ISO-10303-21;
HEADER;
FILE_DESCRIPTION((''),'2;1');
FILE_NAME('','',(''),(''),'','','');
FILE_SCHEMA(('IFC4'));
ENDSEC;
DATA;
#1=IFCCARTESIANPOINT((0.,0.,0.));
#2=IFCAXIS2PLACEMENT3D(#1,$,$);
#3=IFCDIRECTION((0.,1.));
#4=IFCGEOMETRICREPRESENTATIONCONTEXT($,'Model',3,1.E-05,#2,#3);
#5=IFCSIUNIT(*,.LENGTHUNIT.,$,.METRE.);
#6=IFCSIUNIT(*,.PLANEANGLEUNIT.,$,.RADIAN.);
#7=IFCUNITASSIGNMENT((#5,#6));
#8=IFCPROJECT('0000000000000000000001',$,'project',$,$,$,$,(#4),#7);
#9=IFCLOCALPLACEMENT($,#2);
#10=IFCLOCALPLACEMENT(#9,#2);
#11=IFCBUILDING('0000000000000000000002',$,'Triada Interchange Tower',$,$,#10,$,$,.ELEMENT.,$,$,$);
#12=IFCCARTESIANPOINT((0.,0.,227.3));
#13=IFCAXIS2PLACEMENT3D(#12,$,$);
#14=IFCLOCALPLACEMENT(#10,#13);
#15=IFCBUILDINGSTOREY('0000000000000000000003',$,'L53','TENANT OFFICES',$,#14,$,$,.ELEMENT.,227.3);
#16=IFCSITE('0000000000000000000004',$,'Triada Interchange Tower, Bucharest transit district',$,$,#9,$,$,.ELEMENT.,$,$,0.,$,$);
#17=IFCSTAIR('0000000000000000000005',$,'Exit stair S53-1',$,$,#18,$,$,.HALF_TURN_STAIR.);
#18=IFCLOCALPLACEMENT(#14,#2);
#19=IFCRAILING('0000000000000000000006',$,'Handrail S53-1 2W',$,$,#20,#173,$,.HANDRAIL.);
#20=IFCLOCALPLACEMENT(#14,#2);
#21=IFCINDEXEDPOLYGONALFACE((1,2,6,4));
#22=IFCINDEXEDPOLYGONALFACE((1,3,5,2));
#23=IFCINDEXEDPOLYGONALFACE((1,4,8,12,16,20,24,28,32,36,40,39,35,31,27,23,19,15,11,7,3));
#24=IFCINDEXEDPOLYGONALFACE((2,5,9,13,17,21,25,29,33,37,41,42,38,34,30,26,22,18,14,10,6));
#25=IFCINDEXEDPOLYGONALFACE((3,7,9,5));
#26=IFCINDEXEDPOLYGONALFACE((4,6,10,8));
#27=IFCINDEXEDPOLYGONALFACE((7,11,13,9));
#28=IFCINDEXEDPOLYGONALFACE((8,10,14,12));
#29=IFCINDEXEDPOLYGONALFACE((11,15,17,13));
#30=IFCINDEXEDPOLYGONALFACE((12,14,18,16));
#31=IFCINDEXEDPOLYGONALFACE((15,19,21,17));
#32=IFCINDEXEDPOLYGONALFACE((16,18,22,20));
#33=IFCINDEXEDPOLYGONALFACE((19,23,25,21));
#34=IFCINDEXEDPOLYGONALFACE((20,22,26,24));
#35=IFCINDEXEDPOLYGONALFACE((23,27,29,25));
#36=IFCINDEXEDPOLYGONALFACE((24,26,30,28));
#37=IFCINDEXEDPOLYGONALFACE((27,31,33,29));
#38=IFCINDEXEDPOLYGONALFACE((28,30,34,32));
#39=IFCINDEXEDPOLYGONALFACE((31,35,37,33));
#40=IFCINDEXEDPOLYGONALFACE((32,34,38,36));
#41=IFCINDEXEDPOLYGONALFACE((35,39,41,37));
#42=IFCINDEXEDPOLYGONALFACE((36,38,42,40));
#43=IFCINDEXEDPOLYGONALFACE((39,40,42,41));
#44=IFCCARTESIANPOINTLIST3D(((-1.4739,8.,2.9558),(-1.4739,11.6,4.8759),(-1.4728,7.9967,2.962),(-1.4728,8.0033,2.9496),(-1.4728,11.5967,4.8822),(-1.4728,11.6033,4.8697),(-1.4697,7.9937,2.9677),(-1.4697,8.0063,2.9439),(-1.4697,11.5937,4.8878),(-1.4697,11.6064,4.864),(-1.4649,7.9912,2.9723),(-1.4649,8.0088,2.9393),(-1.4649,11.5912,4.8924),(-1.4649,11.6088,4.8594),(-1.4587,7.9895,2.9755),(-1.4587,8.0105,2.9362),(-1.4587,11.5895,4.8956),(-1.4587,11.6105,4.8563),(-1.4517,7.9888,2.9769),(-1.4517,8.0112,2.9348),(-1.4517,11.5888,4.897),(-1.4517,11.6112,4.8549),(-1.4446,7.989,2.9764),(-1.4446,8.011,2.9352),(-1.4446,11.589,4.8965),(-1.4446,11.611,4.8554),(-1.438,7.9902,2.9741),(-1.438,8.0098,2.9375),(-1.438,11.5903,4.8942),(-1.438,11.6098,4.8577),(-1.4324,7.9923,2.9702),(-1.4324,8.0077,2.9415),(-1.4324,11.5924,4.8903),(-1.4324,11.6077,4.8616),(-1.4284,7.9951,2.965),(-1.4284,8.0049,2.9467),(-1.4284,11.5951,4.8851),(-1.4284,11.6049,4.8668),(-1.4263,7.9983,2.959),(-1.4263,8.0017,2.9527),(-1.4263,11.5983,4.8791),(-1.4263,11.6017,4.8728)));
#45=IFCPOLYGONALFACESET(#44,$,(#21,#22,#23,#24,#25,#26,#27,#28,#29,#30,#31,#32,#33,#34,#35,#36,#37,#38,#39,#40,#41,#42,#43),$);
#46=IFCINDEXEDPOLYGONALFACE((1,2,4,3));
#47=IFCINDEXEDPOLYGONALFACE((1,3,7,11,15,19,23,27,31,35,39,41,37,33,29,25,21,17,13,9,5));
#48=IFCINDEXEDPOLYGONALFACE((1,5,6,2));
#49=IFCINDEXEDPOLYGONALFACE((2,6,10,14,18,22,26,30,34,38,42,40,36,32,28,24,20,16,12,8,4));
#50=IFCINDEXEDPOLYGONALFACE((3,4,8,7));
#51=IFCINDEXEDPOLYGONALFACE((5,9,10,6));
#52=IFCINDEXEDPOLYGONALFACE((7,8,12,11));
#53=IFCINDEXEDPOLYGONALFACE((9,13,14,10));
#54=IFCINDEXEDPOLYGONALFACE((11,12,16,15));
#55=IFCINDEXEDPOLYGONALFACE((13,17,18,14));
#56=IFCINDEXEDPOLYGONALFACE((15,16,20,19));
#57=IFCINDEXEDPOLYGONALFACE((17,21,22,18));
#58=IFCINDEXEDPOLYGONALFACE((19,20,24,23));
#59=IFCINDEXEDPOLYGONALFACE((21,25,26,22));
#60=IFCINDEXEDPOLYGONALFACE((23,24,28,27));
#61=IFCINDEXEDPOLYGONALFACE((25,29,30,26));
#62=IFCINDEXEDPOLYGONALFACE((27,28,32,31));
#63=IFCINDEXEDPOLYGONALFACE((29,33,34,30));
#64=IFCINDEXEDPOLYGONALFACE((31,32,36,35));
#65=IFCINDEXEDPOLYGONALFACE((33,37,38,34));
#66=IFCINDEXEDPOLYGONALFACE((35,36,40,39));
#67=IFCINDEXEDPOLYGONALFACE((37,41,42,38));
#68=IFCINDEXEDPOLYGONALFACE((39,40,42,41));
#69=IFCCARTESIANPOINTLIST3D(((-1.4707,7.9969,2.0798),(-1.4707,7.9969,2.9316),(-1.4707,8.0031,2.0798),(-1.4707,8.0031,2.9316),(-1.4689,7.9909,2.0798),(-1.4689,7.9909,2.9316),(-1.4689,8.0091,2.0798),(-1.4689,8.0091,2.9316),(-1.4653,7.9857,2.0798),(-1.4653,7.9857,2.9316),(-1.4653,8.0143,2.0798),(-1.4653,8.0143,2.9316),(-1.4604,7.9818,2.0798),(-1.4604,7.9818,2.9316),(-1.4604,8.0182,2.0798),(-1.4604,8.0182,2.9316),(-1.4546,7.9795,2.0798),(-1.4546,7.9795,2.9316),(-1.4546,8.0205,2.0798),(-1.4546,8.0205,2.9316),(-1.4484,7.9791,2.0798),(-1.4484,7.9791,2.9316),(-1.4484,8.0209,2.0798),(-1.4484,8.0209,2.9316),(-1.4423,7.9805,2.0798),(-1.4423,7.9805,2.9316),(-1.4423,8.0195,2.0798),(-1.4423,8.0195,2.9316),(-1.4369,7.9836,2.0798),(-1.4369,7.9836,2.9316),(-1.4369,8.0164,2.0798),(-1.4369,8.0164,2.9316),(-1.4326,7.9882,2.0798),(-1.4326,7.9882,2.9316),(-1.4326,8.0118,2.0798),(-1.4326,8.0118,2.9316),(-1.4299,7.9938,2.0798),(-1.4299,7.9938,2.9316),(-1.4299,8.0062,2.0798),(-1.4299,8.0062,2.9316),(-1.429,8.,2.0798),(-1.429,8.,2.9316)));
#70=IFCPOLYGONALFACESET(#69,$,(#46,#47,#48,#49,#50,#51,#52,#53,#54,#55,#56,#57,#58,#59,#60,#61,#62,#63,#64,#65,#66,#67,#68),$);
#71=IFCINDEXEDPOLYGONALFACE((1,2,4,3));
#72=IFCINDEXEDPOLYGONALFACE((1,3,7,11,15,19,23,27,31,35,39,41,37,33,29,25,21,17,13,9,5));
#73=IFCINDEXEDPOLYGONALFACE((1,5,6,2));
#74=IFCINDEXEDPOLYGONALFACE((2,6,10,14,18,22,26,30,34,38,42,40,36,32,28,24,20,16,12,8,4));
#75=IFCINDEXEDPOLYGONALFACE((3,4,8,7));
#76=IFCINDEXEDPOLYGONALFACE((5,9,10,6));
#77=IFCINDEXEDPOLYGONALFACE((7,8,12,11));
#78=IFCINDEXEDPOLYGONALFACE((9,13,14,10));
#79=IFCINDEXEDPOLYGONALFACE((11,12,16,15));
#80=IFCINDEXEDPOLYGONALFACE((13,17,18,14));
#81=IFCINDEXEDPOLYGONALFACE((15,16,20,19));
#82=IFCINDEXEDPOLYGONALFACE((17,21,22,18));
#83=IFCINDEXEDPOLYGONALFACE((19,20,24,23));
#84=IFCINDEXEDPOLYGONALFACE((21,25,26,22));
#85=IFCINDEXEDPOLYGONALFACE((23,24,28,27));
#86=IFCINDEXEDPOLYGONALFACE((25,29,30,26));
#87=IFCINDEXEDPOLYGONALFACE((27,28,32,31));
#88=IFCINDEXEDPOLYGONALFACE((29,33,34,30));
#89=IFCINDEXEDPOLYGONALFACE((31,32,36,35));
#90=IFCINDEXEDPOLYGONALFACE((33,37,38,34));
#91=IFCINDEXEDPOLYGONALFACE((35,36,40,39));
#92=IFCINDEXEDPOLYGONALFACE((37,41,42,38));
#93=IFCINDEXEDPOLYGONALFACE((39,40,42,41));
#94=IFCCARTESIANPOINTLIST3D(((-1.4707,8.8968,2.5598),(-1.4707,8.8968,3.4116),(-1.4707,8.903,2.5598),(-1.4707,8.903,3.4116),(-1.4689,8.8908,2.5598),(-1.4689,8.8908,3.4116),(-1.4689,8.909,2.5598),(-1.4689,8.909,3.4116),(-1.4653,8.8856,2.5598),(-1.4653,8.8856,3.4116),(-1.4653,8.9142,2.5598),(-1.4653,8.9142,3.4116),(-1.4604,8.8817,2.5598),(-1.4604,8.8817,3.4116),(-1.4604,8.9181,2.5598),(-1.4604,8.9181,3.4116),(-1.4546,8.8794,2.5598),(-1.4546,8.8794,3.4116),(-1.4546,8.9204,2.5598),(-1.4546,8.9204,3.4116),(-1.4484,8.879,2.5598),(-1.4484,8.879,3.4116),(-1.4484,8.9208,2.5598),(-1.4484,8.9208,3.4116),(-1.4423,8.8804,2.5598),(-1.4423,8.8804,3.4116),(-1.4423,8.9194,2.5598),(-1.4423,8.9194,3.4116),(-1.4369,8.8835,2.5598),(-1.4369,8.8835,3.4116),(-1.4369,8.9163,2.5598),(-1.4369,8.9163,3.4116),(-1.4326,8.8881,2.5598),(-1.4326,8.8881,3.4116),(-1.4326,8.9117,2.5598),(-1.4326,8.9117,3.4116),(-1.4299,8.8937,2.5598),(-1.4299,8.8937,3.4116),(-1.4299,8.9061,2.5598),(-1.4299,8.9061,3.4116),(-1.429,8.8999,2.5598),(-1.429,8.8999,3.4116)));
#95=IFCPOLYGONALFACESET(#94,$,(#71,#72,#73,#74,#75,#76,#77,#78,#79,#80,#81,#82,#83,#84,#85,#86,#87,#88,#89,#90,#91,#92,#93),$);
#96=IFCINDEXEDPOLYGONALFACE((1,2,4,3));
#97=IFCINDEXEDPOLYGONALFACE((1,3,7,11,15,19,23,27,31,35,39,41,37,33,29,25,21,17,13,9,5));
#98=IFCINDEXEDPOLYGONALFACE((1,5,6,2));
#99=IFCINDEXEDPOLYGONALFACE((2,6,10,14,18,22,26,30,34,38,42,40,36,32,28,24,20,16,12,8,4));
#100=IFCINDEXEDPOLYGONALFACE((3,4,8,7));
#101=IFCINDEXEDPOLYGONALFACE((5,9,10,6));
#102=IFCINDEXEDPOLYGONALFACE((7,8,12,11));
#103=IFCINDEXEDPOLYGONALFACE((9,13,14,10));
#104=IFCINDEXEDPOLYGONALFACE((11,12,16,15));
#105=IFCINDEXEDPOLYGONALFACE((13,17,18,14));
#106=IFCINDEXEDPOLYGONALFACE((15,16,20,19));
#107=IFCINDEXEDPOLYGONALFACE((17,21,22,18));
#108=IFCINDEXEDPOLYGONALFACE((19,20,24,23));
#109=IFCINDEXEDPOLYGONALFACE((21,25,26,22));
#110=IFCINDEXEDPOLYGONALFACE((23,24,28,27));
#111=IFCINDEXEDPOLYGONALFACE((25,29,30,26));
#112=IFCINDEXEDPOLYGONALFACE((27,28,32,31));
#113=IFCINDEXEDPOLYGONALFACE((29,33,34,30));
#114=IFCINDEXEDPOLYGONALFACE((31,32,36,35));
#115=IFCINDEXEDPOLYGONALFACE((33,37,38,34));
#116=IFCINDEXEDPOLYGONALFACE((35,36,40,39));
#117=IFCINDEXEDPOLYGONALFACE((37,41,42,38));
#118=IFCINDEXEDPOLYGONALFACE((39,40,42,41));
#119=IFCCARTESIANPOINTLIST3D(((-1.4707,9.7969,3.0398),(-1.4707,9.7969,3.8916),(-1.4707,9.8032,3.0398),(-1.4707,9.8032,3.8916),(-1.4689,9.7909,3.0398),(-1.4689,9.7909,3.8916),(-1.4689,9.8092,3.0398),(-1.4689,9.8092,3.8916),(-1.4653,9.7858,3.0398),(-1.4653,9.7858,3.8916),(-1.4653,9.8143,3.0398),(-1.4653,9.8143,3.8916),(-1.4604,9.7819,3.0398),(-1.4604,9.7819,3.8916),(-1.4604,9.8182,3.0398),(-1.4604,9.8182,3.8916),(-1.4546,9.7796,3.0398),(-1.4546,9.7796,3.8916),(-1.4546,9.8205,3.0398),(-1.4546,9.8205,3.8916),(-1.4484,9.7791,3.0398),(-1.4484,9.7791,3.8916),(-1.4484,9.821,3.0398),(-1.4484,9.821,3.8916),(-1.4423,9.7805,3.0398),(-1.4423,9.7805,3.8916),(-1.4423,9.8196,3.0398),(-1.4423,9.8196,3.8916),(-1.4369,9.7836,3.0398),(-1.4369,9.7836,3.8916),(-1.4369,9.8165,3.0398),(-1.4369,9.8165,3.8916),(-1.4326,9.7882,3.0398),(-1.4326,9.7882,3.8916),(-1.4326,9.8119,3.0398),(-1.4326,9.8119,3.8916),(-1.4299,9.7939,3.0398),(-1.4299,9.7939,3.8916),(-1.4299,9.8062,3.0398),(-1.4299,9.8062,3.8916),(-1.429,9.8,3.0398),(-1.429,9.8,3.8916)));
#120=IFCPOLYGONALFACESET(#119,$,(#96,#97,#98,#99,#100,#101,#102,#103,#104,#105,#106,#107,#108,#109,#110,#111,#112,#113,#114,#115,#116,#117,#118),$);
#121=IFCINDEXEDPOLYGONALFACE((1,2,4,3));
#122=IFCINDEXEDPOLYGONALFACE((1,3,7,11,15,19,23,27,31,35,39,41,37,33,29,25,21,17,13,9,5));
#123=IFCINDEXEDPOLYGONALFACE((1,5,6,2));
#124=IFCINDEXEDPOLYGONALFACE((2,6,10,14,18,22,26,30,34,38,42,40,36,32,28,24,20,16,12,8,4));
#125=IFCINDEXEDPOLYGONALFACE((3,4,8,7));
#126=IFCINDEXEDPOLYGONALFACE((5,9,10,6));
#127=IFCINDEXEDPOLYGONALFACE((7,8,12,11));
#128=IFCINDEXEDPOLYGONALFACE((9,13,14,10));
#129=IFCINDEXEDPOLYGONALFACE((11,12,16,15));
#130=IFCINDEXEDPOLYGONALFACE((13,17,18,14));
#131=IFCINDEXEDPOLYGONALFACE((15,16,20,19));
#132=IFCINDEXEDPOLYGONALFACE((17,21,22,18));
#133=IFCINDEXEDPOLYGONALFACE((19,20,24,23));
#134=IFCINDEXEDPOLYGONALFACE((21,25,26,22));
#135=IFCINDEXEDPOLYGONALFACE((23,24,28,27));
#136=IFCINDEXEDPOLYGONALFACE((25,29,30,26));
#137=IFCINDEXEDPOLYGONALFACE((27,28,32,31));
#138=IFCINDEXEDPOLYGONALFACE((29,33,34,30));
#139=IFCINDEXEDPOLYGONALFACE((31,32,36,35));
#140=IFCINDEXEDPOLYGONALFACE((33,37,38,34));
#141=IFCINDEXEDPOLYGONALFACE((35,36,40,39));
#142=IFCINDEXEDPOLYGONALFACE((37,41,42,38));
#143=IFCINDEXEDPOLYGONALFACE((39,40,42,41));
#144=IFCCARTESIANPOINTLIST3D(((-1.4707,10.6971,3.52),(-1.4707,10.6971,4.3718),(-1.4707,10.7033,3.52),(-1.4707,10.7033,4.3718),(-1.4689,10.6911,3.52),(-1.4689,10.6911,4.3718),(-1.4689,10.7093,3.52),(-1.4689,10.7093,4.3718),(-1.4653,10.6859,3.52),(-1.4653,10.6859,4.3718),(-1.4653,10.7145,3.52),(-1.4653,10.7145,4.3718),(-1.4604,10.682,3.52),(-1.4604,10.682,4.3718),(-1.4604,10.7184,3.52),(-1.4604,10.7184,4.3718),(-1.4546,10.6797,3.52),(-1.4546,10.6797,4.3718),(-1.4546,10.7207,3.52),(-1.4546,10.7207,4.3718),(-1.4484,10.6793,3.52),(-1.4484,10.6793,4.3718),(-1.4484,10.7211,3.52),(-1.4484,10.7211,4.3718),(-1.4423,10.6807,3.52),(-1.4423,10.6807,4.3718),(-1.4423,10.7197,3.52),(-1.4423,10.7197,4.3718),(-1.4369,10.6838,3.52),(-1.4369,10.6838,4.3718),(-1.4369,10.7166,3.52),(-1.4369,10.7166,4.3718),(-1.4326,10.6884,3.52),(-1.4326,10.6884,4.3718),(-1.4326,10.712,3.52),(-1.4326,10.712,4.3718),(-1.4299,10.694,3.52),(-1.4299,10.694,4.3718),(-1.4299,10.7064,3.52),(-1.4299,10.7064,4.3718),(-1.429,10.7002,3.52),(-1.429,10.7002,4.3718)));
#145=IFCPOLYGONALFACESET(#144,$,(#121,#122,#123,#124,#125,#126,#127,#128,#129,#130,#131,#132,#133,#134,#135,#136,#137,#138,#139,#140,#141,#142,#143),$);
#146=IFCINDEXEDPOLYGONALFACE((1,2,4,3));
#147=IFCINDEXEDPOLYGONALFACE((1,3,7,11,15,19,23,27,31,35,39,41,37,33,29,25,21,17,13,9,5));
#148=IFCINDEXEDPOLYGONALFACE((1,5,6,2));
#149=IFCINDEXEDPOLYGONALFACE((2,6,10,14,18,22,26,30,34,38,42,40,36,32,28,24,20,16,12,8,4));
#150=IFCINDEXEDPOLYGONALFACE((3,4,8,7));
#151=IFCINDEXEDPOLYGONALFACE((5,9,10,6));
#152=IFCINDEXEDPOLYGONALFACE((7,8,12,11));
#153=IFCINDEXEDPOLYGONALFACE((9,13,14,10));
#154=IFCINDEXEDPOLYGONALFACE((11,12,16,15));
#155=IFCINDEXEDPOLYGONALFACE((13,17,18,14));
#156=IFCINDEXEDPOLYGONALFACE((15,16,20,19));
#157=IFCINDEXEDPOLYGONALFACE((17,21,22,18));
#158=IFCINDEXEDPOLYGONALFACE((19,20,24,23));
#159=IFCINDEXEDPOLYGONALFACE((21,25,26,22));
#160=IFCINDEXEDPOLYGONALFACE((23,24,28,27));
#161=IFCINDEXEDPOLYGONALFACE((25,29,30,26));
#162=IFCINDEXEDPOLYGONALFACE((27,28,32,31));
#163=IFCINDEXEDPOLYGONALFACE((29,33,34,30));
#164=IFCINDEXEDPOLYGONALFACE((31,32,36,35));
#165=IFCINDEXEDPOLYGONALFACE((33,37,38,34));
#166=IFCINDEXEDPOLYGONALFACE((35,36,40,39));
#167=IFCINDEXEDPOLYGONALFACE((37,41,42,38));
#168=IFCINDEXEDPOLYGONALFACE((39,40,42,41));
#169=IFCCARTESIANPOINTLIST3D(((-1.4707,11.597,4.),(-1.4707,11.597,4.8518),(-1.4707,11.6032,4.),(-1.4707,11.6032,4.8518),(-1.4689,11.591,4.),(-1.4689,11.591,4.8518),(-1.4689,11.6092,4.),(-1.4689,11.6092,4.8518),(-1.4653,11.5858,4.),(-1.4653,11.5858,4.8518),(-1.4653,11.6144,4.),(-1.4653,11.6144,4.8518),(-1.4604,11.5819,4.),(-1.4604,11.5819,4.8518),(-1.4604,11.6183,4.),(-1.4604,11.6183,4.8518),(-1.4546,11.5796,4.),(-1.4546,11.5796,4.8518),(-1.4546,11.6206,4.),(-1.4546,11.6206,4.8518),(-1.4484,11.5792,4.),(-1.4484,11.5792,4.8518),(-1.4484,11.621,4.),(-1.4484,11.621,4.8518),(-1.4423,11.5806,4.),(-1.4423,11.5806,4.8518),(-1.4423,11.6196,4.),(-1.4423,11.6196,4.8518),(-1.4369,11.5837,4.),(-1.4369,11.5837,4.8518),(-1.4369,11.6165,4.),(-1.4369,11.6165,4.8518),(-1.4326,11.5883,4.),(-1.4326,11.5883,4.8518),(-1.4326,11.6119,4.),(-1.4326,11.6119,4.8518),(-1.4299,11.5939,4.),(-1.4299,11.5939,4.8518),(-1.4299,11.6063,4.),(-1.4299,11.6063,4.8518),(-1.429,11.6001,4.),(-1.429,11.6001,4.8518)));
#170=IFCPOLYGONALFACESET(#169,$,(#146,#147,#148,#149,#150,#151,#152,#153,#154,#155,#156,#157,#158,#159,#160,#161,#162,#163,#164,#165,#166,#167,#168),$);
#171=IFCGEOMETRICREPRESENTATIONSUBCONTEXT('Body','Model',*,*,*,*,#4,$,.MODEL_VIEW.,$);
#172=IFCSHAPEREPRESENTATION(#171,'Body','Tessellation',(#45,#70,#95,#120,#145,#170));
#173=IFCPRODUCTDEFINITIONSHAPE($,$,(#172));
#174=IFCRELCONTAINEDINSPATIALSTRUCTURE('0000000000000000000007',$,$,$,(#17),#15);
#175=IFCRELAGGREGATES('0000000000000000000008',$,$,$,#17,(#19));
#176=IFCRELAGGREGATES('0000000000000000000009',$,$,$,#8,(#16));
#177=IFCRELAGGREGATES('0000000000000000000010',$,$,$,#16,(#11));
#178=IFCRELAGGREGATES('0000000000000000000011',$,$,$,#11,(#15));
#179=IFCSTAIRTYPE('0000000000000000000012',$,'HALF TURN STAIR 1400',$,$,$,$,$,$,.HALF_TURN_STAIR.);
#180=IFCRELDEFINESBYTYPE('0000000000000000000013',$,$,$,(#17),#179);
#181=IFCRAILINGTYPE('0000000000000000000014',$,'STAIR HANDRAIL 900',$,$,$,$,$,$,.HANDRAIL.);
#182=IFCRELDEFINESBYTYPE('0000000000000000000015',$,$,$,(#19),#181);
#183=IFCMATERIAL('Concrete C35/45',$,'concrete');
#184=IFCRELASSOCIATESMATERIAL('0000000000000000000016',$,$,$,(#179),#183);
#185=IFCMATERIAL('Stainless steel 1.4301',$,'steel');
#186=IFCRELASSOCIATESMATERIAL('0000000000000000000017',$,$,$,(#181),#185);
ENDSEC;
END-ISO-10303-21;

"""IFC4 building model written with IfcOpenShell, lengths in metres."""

from ifc_helpers import new_model, si_unit, direction, frame, origin, origin_2d, place, context, subcontext, project, spatial, circle, extrude, material, type_object, element, aggregate, save


model = new_model("IFC4")

# Units and contexts
model_context = context("Model", 3, precision=1e-05, world=origin(), true_north=direction((0.0, 1.0)))
body_context = subcontext(model_context, "Body", "Model", "MODEL_VIEW")
ifc_project = project(units=[si_unit("LENGTHUNIT", "METRE"), si_unit("PLANEANGLEUNIT", "RADIAN")], contexts=[model_context])

# Site, building, storey
site_placement = place(None, origin())
site = spatial("IfcSite", under=ifc_project, at=site_placement, Name="Triada Interchange Tower, Bucharest transit district", CompositionType="ELEMENT", RefElevation=0.0)
building_placement = place(site_placement, origin())
building = spatial("IfcBuilding", under=site, at=building_placement, Name="Triada Interchange Tower", CompositionType="ELEMENT")
storey_placement = place(building_placement, frame((0.0, 0.0, 227.3)))
storey = spatial("IfcBuildingStorey", under=building, at=storey_placement, Name="L53", Description="TENANT OFFICES", CompositionType="ELEMENT", Elevation=227.3)

# Stair
ifc_material_1 = material(Name="Concrete C35/45", Category="concrete")
stair_type = type_object("IfcStairType", Name="HALF TURN STAIR 1400", PredefinedType="HALF_TURN_STAIR", material=ifc_material_1)
stair_placement = place(storey_placement, origin())
stair = element("IfcStair", 1, at=stair_placement, inside=storey, type_object=stair_type, Name="Exit stair S53-1", PredefinedType="HALF_TURN_STAIR")

# Railing
ifc_material_2 = material(Name="Stainless steel 1.4301", Category="steel")
railing_type = type_object("IfcRailingType", Name="STAIR HANDRAIL 900", PredefinedType="HANDRAIL", material=ifc_material_2)
railing_1_placement = place(storey_placement, frame((-1.45, 8.0, 2.0798)))
railing_1 = element("IfcRailing", 2, at=railing_1_placement, type_object=railing_type, Name="Handrail S53-1 2W", PredefinedType="HANDRAIL", context=body_context, shape_type="SweptSolid", body=[
    extrude(circle(Radius=0.0239, at=origin_2d()), frame((0.0, 0.0, 0.876), z_axis=(0.0, 0.882341, 0.47061), x_axis=(-1.0, 0.0, 0.0)), (0.0, 0.0, 1.0), 4.0801),
    extrude(circle(Radius=0.021, at=origin_2d()), origin(), (0.0, 0.0, 1.0), 0.8518),
    extrude(circle(Radius=0.021, at=origin_2d()), frame((0.0, 0.8999, 0.48)), (0.0, 0.0, 1.0), 0.8518),
    extrude(circle(Radius=0.021, at=origin_2d()), frame((0.0, 1.8, 0.96)), (0.0, 0.0, 1.0), 0.8518),
    extrude(circle(Radius=0.021, at=origin_2d()), frame((0.0, 2.7002, 1.4402)), (0.0, 0.0, 1.0), 0.8518),
    extrude(circle(Radius=0.021, at=origin_2d()), frame((0.0, 3.6001, 1.9202)), (0.0, 0.0, 1.0), 0.8518),
])
aggregate(stair, [railing_1])

save(model, "model.ifc")
